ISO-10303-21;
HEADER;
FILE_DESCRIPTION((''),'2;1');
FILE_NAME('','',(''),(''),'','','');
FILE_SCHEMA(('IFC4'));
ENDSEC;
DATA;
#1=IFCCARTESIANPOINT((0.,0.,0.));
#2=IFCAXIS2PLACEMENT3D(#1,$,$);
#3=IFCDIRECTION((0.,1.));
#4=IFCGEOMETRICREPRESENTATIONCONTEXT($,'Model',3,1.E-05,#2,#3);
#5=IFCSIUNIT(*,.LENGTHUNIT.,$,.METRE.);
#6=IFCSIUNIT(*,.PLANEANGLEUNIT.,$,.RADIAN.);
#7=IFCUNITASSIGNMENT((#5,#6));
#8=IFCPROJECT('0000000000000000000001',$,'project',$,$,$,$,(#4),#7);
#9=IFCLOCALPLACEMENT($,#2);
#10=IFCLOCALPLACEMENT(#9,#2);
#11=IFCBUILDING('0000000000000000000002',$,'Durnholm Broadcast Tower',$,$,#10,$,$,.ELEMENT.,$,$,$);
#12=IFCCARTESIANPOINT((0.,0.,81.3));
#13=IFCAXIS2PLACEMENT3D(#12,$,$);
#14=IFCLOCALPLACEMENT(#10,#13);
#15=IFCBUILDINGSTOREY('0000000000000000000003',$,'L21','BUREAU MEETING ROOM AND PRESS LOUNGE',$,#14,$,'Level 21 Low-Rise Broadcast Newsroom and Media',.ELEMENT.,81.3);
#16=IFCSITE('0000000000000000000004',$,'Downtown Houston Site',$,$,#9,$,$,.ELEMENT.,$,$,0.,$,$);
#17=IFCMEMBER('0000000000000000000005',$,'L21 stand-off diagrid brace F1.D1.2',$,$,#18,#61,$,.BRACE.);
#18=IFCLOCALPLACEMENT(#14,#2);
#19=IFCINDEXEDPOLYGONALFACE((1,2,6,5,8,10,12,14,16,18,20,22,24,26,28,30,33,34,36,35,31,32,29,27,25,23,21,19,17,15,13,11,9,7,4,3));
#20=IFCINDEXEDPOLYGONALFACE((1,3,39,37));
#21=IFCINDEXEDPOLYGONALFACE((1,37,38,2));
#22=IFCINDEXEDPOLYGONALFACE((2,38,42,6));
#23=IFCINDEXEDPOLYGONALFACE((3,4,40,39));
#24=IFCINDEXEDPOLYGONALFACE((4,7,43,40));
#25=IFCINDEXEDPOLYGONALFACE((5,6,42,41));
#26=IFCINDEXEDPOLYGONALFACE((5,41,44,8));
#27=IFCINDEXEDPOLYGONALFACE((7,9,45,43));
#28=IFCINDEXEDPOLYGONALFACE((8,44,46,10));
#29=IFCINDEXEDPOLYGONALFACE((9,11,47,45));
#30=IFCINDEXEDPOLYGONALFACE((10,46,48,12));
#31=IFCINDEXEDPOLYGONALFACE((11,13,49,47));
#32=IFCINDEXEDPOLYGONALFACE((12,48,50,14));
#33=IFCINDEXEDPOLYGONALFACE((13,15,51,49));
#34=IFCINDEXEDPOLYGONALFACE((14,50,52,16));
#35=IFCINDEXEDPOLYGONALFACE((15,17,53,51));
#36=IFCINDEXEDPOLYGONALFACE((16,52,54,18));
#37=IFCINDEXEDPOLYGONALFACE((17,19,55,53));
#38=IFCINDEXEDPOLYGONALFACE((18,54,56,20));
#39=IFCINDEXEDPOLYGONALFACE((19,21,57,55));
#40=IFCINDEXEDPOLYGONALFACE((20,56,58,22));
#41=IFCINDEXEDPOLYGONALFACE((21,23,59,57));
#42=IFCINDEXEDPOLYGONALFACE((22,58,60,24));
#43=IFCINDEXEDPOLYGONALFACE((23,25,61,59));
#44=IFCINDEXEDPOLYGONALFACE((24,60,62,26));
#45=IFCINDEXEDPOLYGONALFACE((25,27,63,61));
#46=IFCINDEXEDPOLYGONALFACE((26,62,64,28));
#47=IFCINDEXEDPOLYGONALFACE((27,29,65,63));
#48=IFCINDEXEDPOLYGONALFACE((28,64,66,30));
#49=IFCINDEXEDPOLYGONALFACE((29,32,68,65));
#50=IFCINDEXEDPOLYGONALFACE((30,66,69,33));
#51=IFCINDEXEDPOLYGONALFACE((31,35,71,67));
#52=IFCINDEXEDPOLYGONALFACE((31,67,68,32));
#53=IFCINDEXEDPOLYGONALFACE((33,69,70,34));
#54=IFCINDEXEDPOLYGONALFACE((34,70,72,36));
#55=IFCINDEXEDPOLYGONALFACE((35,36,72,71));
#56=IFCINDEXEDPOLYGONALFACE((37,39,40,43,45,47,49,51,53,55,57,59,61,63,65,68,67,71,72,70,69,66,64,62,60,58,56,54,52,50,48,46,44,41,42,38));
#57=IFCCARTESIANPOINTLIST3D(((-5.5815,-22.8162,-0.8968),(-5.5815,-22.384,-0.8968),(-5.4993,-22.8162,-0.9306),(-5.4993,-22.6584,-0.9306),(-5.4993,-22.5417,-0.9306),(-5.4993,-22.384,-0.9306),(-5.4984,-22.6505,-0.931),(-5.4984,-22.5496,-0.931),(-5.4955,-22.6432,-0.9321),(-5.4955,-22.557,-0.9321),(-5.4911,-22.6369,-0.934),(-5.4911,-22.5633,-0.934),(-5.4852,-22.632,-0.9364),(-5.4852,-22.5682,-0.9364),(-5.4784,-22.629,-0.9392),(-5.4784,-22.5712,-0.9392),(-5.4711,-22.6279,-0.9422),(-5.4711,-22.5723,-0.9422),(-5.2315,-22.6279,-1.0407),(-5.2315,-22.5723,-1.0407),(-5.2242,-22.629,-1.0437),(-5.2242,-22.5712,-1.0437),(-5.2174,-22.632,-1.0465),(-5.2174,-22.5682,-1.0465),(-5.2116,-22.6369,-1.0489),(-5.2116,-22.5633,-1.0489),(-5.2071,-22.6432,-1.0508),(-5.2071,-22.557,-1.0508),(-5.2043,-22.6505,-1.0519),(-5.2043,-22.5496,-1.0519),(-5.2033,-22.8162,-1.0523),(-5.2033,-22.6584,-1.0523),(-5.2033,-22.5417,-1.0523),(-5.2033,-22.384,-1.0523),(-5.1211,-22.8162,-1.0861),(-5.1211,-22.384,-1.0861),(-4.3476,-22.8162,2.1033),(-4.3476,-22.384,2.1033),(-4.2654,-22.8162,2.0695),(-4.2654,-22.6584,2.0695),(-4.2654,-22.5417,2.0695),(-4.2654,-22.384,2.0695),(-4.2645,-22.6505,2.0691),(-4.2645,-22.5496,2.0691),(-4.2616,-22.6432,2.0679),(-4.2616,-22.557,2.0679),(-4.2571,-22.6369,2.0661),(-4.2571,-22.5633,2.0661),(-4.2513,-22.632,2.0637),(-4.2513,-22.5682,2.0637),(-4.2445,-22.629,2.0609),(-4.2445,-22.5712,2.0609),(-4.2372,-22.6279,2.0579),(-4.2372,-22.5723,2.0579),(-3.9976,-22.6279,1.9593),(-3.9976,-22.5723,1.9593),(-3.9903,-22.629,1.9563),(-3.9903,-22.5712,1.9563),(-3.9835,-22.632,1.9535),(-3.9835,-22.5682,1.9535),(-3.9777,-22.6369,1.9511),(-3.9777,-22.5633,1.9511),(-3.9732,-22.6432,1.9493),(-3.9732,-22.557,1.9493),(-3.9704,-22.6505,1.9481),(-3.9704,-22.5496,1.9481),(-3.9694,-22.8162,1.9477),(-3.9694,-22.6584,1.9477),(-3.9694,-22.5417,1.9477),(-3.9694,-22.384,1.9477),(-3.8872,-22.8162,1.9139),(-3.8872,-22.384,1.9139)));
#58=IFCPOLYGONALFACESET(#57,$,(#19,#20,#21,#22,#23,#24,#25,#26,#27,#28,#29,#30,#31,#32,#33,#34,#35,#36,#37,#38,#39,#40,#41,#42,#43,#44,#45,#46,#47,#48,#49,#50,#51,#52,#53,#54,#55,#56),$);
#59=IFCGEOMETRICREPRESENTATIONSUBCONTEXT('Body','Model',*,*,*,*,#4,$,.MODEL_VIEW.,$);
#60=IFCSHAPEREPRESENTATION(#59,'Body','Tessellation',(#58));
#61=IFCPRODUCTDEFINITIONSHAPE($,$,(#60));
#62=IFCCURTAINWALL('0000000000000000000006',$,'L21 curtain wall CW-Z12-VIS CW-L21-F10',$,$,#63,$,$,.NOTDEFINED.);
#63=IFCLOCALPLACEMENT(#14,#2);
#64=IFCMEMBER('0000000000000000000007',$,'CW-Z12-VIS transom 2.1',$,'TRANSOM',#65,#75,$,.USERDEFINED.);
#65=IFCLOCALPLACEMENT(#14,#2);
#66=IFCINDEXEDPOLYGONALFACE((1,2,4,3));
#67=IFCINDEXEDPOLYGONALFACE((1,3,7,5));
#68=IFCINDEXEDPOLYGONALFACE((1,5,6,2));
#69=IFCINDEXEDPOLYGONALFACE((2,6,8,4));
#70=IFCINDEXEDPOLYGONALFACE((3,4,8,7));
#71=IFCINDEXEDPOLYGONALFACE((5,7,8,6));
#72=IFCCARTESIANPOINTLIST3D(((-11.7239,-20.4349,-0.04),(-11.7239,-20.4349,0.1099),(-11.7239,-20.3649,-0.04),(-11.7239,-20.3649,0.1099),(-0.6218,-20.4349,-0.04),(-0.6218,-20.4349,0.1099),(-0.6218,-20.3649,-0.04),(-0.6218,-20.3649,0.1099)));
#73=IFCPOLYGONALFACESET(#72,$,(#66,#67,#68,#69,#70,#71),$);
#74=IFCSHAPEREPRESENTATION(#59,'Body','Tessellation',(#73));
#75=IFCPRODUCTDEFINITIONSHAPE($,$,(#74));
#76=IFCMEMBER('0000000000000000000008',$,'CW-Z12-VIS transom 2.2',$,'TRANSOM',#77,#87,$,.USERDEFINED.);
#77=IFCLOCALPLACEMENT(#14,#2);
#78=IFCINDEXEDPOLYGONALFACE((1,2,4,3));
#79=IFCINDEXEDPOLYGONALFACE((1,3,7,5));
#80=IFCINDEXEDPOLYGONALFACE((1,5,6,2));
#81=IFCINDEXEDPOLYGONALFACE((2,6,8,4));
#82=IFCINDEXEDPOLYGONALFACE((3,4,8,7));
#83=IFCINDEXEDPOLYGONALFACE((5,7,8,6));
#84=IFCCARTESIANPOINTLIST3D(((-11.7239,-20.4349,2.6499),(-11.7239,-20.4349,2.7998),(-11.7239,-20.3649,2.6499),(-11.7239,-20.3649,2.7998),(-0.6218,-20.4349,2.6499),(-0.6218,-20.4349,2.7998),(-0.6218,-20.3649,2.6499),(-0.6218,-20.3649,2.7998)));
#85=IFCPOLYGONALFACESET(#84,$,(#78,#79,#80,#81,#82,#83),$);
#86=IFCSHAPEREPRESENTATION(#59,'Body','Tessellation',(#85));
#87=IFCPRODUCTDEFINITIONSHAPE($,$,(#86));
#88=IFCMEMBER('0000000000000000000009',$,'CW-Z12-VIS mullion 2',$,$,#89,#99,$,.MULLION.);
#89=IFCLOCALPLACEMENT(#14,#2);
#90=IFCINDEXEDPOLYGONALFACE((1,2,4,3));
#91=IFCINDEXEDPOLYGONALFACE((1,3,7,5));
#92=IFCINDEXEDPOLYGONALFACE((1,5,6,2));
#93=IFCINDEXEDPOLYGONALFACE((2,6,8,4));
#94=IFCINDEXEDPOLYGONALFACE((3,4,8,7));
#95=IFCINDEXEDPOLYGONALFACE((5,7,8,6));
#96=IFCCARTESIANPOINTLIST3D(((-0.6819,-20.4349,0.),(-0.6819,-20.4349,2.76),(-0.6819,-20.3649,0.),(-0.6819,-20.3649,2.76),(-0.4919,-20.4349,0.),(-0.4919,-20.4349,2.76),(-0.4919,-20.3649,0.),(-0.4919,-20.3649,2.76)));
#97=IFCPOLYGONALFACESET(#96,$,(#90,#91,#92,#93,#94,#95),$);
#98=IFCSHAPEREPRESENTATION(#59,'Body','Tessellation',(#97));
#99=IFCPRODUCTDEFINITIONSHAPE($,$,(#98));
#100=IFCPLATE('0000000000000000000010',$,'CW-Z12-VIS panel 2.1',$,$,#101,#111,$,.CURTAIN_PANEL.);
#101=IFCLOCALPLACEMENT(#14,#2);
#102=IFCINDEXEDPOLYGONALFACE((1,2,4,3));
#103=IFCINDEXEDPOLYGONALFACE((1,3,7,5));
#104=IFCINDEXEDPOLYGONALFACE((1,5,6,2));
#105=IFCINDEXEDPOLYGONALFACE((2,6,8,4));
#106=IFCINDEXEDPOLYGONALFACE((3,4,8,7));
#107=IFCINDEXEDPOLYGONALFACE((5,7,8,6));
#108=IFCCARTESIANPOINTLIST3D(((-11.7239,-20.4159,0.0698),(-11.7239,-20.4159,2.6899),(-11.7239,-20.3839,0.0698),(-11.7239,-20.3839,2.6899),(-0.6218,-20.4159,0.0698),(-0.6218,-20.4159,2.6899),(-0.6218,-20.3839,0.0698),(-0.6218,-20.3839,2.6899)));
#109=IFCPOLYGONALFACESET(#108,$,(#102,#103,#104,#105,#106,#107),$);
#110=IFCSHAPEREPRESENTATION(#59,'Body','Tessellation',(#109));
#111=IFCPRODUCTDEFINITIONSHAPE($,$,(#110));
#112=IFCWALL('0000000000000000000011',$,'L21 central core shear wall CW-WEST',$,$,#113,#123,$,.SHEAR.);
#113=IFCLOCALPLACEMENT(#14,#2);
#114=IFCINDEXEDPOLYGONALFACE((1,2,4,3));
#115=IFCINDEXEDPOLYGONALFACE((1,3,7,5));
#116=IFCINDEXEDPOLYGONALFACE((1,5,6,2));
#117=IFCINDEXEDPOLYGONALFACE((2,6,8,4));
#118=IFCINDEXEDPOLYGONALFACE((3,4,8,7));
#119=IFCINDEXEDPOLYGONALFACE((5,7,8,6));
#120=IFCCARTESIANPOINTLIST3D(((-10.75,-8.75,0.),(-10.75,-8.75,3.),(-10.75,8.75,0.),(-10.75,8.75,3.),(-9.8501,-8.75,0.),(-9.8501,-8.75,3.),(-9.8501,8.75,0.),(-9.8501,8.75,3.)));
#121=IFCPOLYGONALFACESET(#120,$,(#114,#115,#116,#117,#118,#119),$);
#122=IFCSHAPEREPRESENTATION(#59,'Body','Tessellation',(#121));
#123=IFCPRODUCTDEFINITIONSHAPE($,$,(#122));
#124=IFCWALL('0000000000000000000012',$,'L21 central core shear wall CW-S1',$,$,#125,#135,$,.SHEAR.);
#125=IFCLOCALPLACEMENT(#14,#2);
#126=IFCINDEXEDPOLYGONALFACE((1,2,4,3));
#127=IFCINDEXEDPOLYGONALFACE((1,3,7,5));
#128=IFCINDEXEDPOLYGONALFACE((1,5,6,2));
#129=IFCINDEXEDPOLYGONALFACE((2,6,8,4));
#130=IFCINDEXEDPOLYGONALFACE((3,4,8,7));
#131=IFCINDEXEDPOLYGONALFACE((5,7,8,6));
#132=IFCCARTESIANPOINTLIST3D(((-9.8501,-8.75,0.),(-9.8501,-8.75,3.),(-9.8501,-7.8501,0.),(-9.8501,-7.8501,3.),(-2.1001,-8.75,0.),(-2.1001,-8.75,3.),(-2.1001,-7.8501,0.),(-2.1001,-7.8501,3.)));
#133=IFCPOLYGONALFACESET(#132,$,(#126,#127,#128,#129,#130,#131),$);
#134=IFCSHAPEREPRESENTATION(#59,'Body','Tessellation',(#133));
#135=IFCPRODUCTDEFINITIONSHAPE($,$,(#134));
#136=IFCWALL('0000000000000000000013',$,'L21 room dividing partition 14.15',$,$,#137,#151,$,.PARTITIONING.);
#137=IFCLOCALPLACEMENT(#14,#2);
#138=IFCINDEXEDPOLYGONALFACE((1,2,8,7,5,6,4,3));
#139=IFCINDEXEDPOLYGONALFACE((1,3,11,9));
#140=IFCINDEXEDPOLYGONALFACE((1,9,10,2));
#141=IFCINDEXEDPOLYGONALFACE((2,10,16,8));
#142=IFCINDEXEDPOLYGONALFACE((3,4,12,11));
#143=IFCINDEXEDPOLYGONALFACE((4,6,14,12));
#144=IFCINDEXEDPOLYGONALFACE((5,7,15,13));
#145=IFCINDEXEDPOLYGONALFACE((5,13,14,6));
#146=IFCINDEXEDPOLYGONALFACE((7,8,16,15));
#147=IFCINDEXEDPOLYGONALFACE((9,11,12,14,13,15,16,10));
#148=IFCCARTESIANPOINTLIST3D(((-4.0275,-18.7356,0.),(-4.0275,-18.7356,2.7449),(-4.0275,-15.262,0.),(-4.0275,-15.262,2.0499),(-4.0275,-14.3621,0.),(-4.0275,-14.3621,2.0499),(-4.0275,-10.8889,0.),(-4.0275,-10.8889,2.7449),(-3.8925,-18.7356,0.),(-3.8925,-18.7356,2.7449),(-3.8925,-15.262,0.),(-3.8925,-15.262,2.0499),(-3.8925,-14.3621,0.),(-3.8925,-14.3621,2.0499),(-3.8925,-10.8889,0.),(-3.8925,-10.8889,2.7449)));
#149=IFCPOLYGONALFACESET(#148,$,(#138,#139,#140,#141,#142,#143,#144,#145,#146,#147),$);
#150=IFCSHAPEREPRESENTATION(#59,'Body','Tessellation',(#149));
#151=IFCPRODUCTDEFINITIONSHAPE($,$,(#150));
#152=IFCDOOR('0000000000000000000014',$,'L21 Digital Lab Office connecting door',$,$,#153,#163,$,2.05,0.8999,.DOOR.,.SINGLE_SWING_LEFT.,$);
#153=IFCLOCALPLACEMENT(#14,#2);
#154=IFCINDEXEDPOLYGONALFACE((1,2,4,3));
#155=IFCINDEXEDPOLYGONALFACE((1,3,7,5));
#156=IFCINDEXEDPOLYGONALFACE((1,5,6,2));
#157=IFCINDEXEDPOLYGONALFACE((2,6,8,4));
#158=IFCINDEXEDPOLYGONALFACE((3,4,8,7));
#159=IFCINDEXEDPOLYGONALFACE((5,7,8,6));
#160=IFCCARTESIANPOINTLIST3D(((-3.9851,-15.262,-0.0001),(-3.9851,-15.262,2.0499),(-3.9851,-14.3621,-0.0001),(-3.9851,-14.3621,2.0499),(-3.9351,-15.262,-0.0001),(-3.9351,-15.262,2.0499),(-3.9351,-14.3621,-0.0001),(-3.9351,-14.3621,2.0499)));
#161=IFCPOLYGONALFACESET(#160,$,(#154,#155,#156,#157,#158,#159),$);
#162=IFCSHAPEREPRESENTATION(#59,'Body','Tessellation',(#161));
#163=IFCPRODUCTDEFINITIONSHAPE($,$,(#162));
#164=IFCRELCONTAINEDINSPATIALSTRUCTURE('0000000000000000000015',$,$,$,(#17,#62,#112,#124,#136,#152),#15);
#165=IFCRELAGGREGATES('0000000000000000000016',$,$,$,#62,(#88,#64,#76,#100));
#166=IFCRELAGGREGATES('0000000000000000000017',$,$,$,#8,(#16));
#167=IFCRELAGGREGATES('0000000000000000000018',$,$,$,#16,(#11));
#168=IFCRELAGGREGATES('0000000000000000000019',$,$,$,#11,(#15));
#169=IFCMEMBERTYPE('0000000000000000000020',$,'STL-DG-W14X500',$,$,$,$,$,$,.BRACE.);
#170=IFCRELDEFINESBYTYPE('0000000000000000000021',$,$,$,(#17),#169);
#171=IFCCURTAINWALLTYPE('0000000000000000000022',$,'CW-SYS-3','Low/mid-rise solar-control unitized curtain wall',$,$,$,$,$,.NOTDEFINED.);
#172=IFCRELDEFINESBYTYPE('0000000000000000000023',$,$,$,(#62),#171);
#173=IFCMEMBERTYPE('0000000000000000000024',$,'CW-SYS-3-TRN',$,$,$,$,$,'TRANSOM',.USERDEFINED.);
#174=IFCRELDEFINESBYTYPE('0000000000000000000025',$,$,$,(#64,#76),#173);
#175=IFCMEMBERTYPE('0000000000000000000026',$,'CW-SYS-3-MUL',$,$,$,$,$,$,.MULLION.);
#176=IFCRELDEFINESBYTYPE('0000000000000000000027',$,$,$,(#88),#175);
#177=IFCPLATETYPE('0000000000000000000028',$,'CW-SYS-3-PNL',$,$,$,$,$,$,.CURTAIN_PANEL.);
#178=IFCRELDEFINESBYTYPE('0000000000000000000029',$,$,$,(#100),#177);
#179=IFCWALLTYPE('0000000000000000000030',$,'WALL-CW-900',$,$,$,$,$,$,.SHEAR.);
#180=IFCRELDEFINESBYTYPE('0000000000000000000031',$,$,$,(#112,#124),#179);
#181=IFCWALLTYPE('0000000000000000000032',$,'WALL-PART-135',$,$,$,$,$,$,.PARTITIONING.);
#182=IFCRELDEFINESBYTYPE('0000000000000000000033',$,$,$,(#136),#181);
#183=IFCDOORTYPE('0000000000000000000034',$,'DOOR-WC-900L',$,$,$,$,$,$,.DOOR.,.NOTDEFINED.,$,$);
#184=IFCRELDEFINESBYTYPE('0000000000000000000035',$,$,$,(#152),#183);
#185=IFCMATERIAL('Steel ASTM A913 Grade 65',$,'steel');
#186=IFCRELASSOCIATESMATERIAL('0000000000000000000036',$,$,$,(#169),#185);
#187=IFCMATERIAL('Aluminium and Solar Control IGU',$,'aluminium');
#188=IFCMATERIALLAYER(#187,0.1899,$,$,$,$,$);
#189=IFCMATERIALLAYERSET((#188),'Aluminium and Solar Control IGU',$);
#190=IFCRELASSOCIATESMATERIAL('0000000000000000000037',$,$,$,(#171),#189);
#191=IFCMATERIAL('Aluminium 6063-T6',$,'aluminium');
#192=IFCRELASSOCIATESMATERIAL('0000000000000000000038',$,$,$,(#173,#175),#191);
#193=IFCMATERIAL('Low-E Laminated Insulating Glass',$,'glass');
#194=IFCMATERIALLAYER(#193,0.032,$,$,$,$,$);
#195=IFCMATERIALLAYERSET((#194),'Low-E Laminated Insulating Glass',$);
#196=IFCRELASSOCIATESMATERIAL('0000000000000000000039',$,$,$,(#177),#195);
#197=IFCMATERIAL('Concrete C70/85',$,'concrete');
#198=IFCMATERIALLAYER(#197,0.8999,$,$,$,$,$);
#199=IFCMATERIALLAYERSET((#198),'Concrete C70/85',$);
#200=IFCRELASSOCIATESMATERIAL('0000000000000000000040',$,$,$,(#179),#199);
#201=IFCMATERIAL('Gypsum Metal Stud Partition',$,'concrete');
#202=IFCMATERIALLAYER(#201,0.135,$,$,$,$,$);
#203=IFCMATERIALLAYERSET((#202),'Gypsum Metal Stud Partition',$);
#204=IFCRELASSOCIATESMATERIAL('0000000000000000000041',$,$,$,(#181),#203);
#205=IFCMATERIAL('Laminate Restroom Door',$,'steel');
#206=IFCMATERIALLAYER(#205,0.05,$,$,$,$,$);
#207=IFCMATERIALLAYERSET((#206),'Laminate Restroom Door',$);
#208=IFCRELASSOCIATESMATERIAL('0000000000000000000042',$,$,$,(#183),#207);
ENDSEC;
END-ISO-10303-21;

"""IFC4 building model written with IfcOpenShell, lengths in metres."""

from ifc_helpers import new_model, si_unit, direction, frame, frame_2d, origin, origin_2d, place, context, subcontext, project, spatial, rectangle, i_section, extrude, source, transform, mapped, material, layer, layer_set, material_profile, profile_set, type_object, type_shapes, element, fill, aggregate, save


model = new_model("IFC4")

# Units and contexts
model_context = context("Model", 3, precision=1e-05, world=origin(), true_north=direction((0.0, 1.0)))
body_context = subcontext(model_context, "Body", "Model", "MODEL_VIEW")
ifc_project = project(units=[si_unit("LENGTHUNIT", "METRE"), si_unit("PLANEANGLEUNIT", "RADIAN")], contexts=[model_context])

# Site, building, storey
site_placement = place(None, origin())
site = spatial("IfcSite", under=ifc_project, at=site_placement, Name="Downtown Houston Site", CompositionType="ELEMENT", RefElevation=0.0)
building_placement = place(site_placement, origin())
building = spatial("IfcBuilding", under=site, at=building_placement, Name="Durnholm Broadcast Tower", CompositionType="ELEMENT")
storey_placement = place(building_placement, frame((0.0, 0.0, 81.3)))
storey = spatial("IfcBuildingStorey", under=building, at=storey_placement, Name="L21", Description="BUREAU MEETING ROOM AND PRESS LOUNGE", LongName="Level 21 Low-Rise Broadcast Newsroom and Media", CompositionType="ELEMENT", Elevation=81.3)

# Shared definitions
ifc_material_1 = material(Name="Concrete C70/85", Category="concrete")

# Member
ifc_material_2 = material(Name="Steel ASTM A913 Grade 65", Category="steel")
ifc_material_profile_1 = material_profile(ifc_material_2, i_section(OverallWidth=0.4321, OverallDepth=0.4978, WebThickness=0.0557, FlangeThickness=0.0889, FilletRadius=0.0305, at=origin_2d()), Name="W14X500")
ifc_profile_set_1 = profile_set([ifc_material_profile_1], Name="Steel ASTM A913 Grade 65")
member_type_1 = type_object("IfcMemberType", Name="STL-DG-W14X500", PredefinedType="BRACE", material=ifc_profile_set_1)
shared_shape_1 = source(origin(), body_context, "Body", "SweptSolid", [
    extrude(i_section(OverallWidth=0.4321, OverallDepth=0.4978, WebThickness=0.0557, FlangeThickness=0.0889, FilletRadius=0.0305, at=origin_2d()), origin(), (0.0, 0.0, 1.0), 3.2439),
])
type_shapes(member_type_1, [shared_shape_1])
for number, where, z_axis, x_axis, name in (
    (1, (-5.3513, -22.6001, -0.9915), (0.380379, 0.0, 0.924831), (0.0, 1.0, 0.0), "L21 stand-off diagrid brace F1.D1.2"),
):
    element("IfcMember", number, at=place(storey_placement, frame(where, z_axis=z_axis, x_axis=x_axis)), inside=storey, type_object=member_type_1, Name=name, PredefinedType="BRACE", context=body_context, shape_type="MappedRepresentation", body=[
        mapped(shared_shape_1, transform((0.0, 0.0, 0.0), x_axis=(1.0, 0.0, 0.0), y_axis=(0.0, 1.0, 0.0), z_axis=(0.0, 0.0, 1.0), scale=1.0)),
    ])

# Curtain wall, members, plate
ifc_material_3 = material(Name="Aluminium and Solar Control IGU", Category="aluminium")
ifc_layer_1 = layer(ifc_material_3, 0.1899)
ifc_layer_set_1 = layer_set([ifc_layer_1], Name="Aluminium and Solar Control IGU")
curtain_wall_type = type_object("IfcCurtainWallType", Name="CW-SYS-3", Description="Low/mid-rise solar-control unitized curtain wall", PredefinedType="NOTDEFINED", material=ifc_layer_set_1)
curtain_wall_placement = place(storey_placement, origin())
curtain_wall = element("IfcCurtainWall", 2, at=curtain_wall_placement, inside=storey, type_object=curtain_wall_type, Name="L21 curtain wall CW-Z12-VIS CW-L21-F10", PredefinedType="NOTDEFINED")
ifc_material_4 = material(Name="Aluminium 6063-T6", Category="aluminium")
ifc_material_profile_2 = material_profile(ifc_material_4, rectangle(XDim=0.0701, YDim=0.1499, at=origin_2d()), Name="CWT70X150")
ifc_profile_set_2 = profile_set([ifc_material_profile_2], Name="Aluminium 6063-T6")
member_type_2 = type_object("IfcMemberType", Name="CW-SYS-3-TRN", ElementType="TRANSOM", PredefinedType="USERDEFINED", material=ifc_profile_set_2)
shared_shape_2 = source(origin(), body_context, "Body", "SweptSolid", [
    extrude(rectangle(XDim=0.0701, YDim=0.1499, at=origin_2d()), origin(), (0.0, 0.0, 1.0), 11.1021),
])
type_shapes(member_type_2, [shared_shape_2])
member_1_placement = place(storey_placement, frame((-0.6218, -20.3999, 0.0349), z_axis=(-1.0, 0.0, 0.0), x_axis=(0.0, -1.0, 0.0)))
member_1 = element("IfcMember", 3, at=member_1_placement, type_object=member_type_2, Name="CW-Z12-VIS transom 2.1", ObjectType="TRANSOM", PredefinedType="USERDEFINED", context=body_context, shape_type="MappedRepresentation", body=[
    mapped(shared_shape_2, transform((0.0, 0.0, 0.0), x_axis=(1.0, 0.0, 0.0), y_axis=(0.0, 1.0, 0.0), z_axis=(0.0, 0.0, 1.0), scale=1.0)),
])
member_2_placement = place(storey_placement, frame((-0.6218, -20.3999, 2.7249), z_axis=(-1.0, 0.0, 0.0), x_axis=(0.0, -1.0, 0.0)))
member_2 = element("IfcMember", 4, at=member_2_placement, type_object=member_type_2, Name="CW-Z12-VIS transom 2.2", ObjectType="TRANSOM", PredefinedType="USERDEFINED", context=body_context, shape_type="MappedRepresentation", body=[
    mapped(shared_shape_2, transform((0.0, 0.0, 0.0), x_axis=(1.0, 0.0, 0.0), y_axis=(0.0, 1.0, 0.0), z_axis=(0.0, 0.0, 1.0), scale=1.0)),
])
ifc_material_profile_3 = material_profile(ifc_material_4, rectangle(XDim=0.0701, YDim=0.1899, at=origin_2d()), Name="CWM70X190")
ifc_profile_set_3 = profile_set([ifc_material_profile_3], Name="Aluminium 6063-T6")
member_type_3 = type_object("IfcMemberType", Name="CW-SYS-3-MUL", PredefinedType="MULLION", material=ifc_profile_set_3)
shared_shape_3 = source(origin(), body_context, "Body", "SweptSolid", [
    extrude(rectangle(XDim=0.0701, YDim=0.1899, at=origin_2d()), origin(), (0.0, 0.0, 1.0), 2.76),
])
type_shapes(member_type_3, [shared_shape_3])
member_3_placement = place(storey_placement, frame((-0.5869, -20.3999, 0.0), z_axis=(0.0, 0.0, 1.0), x_axis=(0.0, -1.0, 0.0)))
member_3 = element("IfcMember", 5, at=member_3_placement, type_object=member_type_3, Name="CW-Z12-VIS mullion 2", PredefinedType="MULLION", context=body_context, shape_type="MappedRepresentation", body=[
    mapped(shared_shape_3, transform((0.0, 0.0, 0.0), x_axis=(1.0, 0.0, 0.0), y_axis=(0.0, 1.0, 0.0), z_axis=(0.0, 0.0, 1.0), scale=1.0)),
])
ifc_material_5 = material(Name="Low-E Laminated Insulating Glass", Category="glass")
ifc_layer_2 = layer(ifc_material_5, 0.032)
ifc_layer_set_2 = layer_set([ifc_layer_2], Name="Low-E Laminated Insulating Glass")
plate_type = type_object("IfcPlateType", Name="CW-SYS-3-PNL", PredefinedType="CURTAIN_PANEL", material=ifc_layer_set_2)
shared_shape_4 = source(origin(), body_context, "Body", "SweptSolid", [
    extrude(rectangle(XDim=11.1021, YDim=0.032, at=origin_2d()), origin(), (0.0, 0.0, 1.0), 2.6201),
])
type_shapes(plate_type, [shared_shape_4])
plate_placement = place(storey_placement, frame((-6.1729, -20.3999, 0.0698), z_axis=(0.0, 0.0, 1.0), x_axis=(-1.0, 0.0, 0.0)))
plate = element("IfcPlate", 6, at=plate_placement, type_object=plate_type, Name="CW-Z12-VIS panel 2.1", PredefinedType="CURTAIN_PANEL", context=body_context, shape_type="MappedRepresentation", body=[
    mapped(shared_shape_4, transform((0.0, 0.0, 0.0), x_axis=(1.0, 0.0, 0.0), y_axis=(0.0, 1.0, 0.0), z_axis=(0.0, 0.0, 1.0), scale=1.0)),
])
aggregate(curtain_wall, [member_3, member_1, member_2, plate])

# Walls
ifc_layer_3 = layer(ifc_material_1, 0.8999)
ifc_layer_set_3 = layer_set([ifc_layer_3], Name="Concrete C70/85")
wall_type_1 = type_object("IfcWallType", Name="WALL-CW-900", PredefinedType="SHEAR", material=ifc_layer_set_3)
wall_1_placement = place(storey_placement, frame((-10.3, -8.75, 0.0), z_axis=(0.0, 0.0, 1.0), x_axis=(0.0, 1.0, 0.0)))
element("IfcWall", 7, at=wall_1_placement, inside=storey, type_object=wall_type_1, Name="L21 central core shear wall CW-WEST", PredefinedType="SHEAR", context=body_context, shape_type="SweptSolid", body=[
    extrude(rectangle(XDim=17.5, YDim=0.8999, at=frame_2d((8.75, 0.0))), origin(), (0.0, 0.0, 1.0), 3.0),
])
wall_2_placement = place(storey_placement, frame((-9.8501, -8.3, 0.0), z_axis=(0.0, 0.0, 1.0), x_axis=(1.0, 0.0, 0.0)))
element("IfcWall", 8, at=wall_2_placement, inside=storey, type_object=wall_type_1, Name="L21 central core shear wall CW-S1", PredefinedType="SHEAR", context=body_context, shape_type="SweptSolid", body=[
    extrude(rectangle(XDim=7.75, YDim=0.8999, at=frame_2d((3.875, 0.0))), origin(), (0.0, 0.0, 1.0), 3.0),
])

# Wall, opening, door
ifc_material_6 = material(Name="Gypsum Metal Stud Partition", Category="concrete")
ifc_layer_4 = layer(ifc_material_6, 0.135)
ifc_layer_set_4 = layer_set([ifc_layer_4], Name="Gypsum Metal Stud Partition")
wall_type_2 = type_object("IfcWallType", Name="WALL-PART-135", PredefinedType="PARTITIONING", material=ifc_layer_set_4)
wall_3_placement = place(storey_placement, frame((-3.96, -10.8889, 0.0), z_axis=(0.0, 0.0, 1.0), x_axis=(0.0, -1.0, 0.0)))
wall_3 = element("IfcWall", 9, at=wall_3_placement, inside=storey, type_object=wall_type_2, Name="L21 room dividing partition 14.15", PredefinedType="PARTITIONING", context=body_context, shape_type="SweptSolid", body=[
    extrude(rectangle(XDim=7.8467, YDim=0.135, at=frame_2d((3.9233, 0.0))), origin(), (0.0, 0.0, 1.0), 2.7449),
])
opening_1_placement = place(wall_3_placement, frame((3.4731, 0.0, 0.0)))
opening_1 = element("IfcOpeningElement", 10, at=opening_1_placement, cuts=wall_3, PredefinedType="OPENING", context=body_context, shape_type="SweptSolid", body=[
    extrude(rectangle(XDim=0.8999, YDim=2.05, at=frame_2d((0.45, 1.0249))), frame((0.0, 0.0776, 0.0), z_axis=(0.0, -1.0, 0.0), x_axis=(1.0, 0.0, 0.0)), (0.0, 0.0, 1.0), 0.155),
])
ifc_material_7 = material(Name="Laminate Restroom Door", Category="steel")
ifc_layer_5 = layer(ifc_material_7, 0.05)
ifc_layer_set_5 = layer_set([ifc_layer_5], Name="Laminate Restroom Door")
door_type_1 = type_object("IfcDoorType", Name="DOOR-WC-900L", OperationType="NOTDEFINED", PredefinedType="DOOR", material=ifc_layer_set_5)
shared_shape_5 = source(origin(), body_context, "Body", "SweptSolid", [
    extrude(rectangle(XDim=0.8999, YDim=2.05, at=frame_2d((0.45, 1.0249))), frame((0.0, 0.0249, 0.0), z_axis=(0.0, -1.0, 0.0), x_axis=(1.0, 0.0, 0.0)), (0.0, 0.0, 1.0), 0.05),
])
type_shapes(door_type_1, [shared_shape_5])
door_1_placement = place(opening_1_placement, origin())
door_1 = element("IfcDoor", 11, at=door_1_placement, inside=storey, type_object=door_type_1, Name="L21 Digital Lab Office connecting door", OperationType="SINGLE_SWING_LEFT", OverallHeight=2.05, OverallWidth=0.8999, PredefinedType="DOOR", context=body_context, shape_type="MappedRepresentation", body=[
    mapped(shared_shape_5, transform((0.0, 0.0, 0.0), x_axis=(1.0, 0.0, 0.0), y_axis=(0.0, 1.0, 0.0), z_axis=(0.0, 0.0, 1.0), scale=1.0)),
])
fill(opening_1, door_1)

save(model, "model.ifc")
